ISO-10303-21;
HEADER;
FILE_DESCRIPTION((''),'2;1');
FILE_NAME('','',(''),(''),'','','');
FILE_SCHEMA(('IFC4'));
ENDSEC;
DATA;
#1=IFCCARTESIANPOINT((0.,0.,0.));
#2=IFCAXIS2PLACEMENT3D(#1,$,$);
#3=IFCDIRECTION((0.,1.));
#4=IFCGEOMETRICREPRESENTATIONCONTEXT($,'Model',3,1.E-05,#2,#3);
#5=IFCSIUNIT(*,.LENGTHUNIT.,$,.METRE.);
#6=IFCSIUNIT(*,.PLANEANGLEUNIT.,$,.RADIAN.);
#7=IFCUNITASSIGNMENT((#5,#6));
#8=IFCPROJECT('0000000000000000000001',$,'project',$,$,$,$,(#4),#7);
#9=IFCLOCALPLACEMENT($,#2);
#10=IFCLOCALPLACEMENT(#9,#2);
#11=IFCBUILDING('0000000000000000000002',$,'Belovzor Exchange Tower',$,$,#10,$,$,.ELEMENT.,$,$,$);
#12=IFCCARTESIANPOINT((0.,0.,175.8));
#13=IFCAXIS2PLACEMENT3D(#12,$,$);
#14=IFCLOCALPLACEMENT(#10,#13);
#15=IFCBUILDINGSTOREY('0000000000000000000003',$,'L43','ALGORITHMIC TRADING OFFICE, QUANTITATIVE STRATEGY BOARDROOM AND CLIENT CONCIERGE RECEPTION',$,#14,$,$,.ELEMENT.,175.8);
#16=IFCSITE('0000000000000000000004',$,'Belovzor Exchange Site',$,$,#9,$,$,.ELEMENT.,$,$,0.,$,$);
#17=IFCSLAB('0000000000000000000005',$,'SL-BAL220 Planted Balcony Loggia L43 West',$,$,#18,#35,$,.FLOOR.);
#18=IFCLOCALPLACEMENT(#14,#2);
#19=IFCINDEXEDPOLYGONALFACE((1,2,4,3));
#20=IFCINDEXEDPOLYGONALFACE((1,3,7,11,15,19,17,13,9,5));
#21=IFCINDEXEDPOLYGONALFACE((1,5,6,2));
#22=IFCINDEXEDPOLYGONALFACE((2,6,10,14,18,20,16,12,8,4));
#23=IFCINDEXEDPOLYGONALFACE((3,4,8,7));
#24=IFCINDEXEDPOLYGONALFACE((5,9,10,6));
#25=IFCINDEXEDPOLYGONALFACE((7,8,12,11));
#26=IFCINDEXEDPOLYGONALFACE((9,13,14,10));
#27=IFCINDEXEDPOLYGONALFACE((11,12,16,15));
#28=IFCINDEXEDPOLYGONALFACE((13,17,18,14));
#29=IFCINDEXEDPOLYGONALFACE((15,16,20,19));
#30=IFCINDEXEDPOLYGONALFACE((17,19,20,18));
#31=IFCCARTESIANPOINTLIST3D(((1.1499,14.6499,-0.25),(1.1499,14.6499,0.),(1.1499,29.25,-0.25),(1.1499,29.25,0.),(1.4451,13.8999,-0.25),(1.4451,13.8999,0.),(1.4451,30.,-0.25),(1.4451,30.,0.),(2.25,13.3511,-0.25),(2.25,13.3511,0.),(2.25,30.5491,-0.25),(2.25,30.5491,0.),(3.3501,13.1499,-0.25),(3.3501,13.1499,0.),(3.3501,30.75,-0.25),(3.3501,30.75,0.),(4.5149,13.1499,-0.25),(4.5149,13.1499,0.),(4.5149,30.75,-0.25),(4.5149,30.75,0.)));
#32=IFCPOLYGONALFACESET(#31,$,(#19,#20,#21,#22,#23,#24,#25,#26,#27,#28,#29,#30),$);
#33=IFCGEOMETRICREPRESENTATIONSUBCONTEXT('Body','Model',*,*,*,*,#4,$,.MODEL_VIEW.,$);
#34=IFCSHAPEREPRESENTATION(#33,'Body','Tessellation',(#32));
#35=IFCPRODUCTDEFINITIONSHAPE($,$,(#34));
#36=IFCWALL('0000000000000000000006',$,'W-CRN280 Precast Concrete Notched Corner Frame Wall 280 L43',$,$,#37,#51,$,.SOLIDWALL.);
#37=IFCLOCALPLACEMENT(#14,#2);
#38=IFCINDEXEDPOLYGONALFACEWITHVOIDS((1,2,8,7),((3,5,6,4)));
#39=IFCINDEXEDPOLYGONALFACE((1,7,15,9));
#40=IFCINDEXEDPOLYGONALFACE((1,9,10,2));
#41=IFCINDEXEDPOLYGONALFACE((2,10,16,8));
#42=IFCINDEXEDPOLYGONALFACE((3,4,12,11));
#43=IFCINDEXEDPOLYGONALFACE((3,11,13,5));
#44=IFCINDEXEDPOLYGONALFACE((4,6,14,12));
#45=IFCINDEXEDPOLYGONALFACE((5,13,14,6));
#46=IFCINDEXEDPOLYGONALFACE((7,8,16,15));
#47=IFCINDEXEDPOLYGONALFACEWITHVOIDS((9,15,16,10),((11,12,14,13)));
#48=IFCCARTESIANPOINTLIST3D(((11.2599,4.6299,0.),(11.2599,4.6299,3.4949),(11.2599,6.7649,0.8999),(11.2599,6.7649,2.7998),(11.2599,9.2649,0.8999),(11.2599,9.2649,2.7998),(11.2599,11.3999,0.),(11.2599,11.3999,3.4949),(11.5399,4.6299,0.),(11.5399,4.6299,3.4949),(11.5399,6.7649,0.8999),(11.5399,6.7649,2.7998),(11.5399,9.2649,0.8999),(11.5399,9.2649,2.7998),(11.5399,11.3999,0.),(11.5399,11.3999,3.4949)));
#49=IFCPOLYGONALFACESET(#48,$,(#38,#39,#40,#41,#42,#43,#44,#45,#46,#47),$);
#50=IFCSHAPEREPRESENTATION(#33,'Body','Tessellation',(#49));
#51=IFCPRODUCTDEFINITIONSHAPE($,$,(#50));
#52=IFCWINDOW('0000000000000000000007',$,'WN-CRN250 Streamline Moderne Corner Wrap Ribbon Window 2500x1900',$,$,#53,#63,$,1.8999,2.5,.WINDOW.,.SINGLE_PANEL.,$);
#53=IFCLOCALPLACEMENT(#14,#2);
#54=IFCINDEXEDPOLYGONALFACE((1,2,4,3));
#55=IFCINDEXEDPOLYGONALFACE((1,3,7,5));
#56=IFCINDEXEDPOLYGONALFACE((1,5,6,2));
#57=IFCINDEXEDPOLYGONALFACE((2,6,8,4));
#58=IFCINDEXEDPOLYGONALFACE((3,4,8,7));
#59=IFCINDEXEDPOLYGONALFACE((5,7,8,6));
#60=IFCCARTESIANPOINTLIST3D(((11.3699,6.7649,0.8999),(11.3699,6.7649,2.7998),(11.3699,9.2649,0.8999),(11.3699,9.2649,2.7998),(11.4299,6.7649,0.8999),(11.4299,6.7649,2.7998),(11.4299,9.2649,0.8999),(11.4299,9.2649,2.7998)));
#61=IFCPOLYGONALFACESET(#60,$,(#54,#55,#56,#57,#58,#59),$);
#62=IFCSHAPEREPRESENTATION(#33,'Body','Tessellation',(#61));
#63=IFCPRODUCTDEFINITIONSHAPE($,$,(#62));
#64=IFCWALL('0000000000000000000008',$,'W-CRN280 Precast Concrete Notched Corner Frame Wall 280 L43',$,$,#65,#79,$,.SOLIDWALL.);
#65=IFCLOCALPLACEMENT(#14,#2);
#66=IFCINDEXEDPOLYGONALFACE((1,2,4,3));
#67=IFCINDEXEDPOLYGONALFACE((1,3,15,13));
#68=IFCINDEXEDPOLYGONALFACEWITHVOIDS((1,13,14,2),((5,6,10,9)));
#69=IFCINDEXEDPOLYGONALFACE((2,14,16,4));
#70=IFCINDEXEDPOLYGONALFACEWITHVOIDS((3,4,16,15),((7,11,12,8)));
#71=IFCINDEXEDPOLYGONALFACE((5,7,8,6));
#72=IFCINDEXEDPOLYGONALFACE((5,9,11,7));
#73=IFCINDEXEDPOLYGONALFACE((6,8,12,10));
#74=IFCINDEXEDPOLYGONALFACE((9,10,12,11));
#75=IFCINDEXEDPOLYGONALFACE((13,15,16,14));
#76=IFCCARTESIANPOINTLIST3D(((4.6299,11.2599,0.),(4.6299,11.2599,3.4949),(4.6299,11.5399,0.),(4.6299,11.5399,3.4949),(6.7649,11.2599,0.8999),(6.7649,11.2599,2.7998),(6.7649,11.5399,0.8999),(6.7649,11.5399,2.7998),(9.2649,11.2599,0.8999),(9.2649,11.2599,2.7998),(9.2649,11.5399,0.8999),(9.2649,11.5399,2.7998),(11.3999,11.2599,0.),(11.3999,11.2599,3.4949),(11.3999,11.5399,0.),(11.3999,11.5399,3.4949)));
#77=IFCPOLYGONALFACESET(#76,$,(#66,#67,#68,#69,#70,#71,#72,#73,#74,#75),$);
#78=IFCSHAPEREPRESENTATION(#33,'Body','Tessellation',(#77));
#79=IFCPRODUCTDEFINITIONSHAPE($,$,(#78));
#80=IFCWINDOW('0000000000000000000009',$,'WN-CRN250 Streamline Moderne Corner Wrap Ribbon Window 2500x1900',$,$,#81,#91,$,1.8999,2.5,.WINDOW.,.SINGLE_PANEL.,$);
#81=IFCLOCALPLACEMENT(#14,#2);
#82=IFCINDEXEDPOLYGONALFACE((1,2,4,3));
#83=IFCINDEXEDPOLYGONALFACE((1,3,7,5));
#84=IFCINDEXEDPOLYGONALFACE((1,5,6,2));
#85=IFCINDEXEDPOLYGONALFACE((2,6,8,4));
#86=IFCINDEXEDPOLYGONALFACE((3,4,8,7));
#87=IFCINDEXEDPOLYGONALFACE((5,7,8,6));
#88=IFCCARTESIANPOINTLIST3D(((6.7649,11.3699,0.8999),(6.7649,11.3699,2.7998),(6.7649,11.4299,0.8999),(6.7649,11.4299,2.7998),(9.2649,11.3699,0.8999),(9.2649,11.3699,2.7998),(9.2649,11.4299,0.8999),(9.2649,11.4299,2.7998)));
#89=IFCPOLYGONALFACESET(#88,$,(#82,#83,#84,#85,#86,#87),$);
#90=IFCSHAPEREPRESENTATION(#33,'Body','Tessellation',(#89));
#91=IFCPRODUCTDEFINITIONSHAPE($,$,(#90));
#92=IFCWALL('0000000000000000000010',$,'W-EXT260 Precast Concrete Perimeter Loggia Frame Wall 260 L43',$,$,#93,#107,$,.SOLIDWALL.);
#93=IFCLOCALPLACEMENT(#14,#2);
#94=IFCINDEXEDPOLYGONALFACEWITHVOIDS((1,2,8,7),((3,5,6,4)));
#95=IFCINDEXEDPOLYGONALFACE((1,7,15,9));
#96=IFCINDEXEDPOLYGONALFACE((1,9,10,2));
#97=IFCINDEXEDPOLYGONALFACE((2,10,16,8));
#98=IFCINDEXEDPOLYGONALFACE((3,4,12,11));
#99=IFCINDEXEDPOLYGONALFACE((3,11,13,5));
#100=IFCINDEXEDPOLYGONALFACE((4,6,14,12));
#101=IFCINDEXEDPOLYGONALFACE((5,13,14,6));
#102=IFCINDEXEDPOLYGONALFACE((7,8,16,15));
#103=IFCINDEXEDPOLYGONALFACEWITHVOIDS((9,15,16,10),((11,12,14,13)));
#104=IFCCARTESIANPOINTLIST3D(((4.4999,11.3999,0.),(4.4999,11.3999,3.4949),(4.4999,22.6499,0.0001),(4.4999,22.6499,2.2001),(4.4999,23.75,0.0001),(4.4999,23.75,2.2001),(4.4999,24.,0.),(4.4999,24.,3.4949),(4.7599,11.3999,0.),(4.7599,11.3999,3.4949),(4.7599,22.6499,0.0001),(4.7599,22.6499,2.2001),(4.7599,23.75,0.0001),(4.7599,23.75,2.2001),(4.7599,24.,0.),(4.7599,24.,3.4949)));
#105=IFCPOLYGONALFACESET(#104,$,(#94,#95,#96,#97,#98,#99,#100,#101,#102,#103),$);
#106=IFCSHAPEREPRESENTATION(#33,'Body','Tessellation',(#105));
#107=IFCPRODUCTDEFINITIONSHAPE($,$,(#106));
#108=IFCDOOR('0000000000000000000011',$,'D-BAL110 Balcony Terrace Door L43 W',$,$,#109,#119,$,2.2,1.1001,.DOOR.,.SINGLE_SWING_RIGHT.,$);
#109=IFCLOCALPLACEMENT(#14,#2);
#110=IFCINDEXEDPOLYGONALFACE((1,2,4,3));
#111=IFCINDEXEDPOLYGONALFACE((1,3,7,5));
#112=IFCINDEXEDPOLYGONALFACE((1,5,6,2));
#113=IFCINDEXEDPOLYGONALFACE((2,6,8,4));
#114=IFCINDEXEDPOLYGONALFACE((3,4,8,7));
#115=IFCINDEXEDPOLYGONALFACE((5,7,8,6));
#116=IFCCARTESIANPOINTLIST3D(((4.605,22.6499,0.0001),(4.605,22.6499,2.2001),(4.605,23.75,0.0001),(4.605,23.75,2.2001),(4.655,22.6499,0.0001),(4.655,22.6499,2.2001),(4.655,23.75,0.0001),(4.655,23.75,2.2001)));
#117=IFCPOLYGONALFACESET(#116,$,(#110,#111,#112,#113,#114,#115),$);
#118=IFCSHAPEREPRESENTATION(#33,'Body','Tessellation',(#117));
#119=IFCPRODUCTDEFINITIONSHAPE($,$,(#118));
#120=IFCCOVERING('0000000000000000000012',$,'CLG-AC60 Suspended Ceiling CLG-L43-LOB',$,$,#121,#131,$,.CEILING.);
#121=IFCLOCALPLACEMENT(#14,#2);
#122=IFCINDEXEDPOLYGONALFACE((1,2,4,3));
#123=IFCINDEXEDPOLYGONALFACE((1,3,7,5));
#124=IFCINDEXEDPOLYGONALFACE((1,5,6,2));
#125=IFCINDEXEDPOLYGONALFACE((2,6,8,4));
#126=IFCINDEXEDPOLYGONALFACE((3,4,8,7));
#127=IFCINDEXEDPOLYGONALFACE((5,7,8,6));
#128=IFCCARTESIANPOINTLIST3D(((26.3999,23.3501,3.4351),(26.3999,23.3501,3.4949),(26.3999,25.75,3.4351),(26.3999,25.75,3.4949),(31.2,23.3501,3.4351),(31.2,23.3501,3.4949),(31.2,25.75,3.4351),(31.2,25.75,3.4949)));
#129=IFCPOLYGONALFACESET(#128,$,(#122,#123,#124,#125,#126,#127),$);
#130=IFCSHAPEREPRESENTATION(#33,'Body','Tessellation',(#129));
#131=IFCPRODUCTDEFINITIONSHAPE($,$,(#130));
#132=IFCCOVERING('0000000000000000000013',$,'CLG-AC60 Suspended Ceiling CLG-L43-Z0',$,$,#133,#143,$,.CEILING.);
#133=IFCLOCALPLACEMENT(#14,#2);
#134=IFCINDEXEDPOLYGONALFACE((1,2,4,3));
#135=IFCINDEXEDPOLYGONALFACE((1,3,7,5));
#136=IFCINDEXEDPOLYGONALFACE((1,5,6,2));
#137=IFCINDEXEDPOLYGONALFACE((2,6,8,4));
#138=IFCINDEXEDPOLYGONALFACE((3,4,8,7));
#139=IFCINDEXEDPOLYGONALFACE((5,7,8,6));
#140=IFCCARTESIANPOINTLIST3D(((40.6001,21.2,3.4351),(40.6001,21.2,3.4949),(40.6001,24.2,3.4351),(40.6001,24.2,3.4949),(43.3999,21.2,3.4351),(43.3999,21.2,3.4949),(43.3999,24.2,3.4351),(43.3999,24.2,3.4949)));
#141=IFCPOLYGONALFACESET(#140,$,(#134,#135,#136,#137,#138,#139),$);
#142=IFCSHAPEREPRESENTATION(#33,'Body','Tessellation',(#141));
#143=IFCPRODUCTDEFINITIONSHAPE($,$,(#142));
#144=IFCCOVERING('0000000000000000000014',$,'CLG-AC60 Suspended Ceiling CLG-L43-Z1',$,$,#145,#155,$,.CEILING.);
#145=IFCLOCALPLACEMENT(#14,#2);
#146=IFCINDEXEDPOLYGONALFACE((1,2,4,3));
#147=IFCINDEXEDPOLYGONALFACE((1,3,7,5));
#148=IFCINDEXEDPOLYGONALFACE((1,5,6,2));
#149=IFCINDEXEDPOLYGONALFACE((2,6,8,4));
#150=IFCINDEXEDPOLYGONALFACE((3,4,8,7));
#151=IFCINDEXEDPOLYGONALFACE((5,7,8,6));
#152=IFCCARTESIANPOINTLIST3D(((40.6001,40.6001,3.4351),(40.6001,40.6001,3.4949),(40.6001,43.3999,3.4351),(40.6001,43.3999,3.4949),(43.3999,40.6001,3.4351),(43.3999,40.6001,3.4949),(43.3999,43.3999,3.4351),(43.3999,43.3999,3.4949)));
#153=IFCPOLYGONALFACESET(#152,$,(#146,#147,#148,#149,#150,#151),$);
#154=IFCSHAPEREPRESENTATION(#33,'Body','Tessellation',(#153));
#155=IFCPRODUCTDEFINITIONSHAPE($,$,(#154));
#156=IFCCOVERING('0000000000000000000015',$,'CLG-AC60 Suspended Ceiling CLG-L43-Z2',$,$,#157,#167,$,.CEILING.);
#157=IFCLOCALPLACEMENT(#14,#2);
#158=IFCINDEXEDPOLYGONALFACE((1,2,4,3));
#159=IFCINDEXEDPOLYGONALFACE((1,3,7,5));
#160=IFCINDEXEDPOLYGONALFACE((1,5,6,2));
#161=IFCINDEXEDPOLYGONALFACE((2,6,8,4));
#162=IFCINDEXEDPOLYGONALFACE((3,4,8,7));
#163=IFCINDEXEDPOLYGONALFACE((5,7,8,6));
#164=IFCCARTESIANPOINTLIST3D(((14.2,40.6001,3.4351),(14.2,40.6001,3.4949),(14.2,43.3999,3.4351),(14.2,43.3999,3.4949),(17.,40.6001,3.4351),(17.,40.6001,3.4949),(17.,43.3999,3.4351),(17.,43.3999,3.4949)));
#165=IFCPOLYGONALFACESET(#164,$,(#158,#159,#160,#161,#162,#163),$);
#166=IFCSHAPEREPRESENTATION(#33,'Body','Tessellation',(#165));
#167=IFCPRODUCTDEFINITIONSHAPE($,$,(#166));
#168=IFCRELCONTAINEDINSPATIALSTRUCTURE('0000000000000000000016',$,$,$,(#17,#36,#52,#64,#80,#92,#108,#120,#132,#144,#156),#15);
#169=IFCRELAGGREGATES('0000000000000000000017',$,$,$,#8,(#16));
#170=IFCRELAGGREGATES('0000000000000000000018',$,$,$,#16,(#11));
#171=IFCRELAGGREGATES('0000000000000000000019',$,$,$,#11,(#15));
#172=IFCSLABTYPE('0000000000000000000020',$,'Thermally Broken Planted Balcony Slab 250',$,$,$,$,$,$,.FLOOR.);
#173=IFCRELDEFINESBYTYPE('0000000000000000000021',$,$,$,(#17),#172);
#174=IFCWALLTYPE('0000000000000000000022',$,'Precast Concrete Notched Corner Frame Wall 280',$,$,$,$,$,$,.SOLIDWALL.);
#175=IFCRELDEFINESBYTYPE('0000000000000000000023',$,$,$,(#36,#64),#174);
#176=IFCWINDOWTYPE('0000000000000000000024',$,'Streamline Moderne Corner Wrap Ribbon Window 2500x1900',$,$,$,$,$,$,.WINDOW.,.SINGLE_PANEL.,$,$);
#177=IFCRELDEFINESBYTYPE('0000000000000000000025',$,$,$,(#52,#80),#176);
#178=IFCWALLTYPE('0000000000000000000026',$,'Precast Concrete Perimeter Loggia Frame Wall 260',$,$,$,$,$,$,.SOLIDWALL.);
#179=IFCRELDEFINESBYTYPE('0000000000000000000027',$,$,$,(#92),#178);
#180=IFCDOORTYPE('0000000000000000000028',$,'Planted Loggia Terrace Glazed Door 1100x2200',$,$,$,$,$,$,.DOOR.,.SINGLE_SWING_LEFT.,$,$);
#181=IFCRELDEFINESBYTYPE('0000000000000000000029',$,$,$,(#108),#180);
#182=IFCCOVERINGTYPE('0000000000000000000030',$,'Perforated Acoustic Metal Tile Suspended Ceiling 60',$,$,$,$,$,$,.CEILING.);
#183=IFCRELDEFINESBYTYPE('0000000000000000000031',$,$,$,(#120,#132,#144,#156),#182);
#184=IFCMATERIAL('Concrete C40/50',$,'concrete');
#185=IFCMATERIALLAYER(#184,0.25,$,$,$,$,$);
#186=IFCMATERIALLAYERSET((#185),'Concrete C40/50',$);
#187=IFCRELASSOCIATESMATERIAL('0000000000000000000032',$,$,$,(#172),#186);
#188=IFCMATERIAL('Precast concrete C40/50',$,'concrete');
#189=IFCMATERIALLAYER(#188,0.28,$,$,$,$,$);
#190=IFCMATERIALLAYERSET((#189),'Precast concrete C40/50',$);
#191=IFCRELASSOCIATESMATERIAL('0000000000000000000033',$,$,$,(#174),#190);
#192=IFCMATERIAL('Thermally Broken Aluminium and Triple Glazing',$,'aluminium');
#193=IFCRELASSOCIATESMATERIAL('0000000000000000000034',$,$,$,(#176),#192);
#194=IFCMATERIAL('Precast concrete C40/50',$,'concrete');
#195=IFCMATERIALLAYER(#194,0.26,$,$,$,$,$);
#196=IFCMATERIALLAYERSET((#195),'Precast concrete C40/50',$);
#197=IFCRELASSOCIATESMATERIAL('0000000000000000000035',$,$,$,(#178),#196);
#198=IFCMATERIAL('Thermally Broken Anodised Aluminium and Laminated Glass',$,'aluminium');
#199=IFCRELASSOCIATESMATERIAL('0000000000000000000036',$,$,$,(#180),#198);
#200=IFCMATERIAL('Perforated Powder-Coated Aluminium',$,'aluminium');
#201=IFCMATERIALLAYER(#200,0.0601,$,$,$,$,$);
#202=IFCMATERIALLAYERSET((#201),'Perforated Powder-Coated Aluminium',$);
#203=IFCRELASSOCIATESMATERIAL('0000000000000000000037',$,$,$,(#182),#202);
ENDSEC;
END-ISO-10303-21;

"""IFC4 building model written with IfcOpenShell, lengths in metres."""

from ifc_helpers import new_model, si_unit, direction, frame, frame_2d, origin, place, context, subcontext, project, spatial, polyline, rectangle, outline, extrude, material, layer, layer_set, type_object, element, fill, save


model = new_model("IFC4")

# Units and contexts
model_context = context("Model", 3, precision=1e-05, world=origin(), true_north=direction((0.0, 1.0)))
body_context = subcontext(model_context, "Body", "Model", "MODEL_VIEW")
ifc_project = project(units=[si_unit("LENGTHUNIT", "METRE"), si_unit("PLANEANGLEUNIT", "RADIAN")], contexts=[model_context])

# Site, building, storey
site_placement = place(None, origin())
site = spatial("IfcSite", under=ifc_project, at=site_placement, Name="Belovzor Exchange Site", CompositionType="ELEMENT", RefElevation=0.0)
building_placement = place(site_placement, origin())
building = spatial("IfcBuilding", under=site, at=building_placement, Name="Belovzor Exchange Tower", CompositionType="ELEMENT")
storey_placement = place(building_placement, frame((0.0, 0.0, 175.8)))
storey = spatial("IfcBuildingStorey", under=building, at=storey_placement, Name="L43", Description="ALGORITHMIC TRADING OFFICE, QUANTITATIVE STRATEGY BOARDROOM AND CLIENT CONCIERGE RECEPTION", CompositionType="ELEMENT", Elevation=175.8)

# Slab
ifc_material_1 = material(Name="Concrete C40/50", Category="concrete")
ifc_layer_1 = layer(ifc_material_1, 0.25)
ifc_layer_set_1 = layer_set([ifc_layer_1], Name="Concrete C40/50")
slab_type_1 = type_object("IfcSlabType", Name="Thermally Broken Planted Balcony Slab 250", PredefinedType="FLOOR", material=ifc_layer_set_1)
slab_1_placement = place(storey_placement, frame((0.0, 0.0, -0.25)))
element("IfcSlab", 1, at=slab_1_placement, inside=storey, type_object=slab_type_1, Name="SL-BAL220 Planted Balcony Loggia L43 West", PredefinedType="FLOOR", context=body_context, shape_type="SweptSolid", body=[
    extrude(outline(polyline([(4.5149, 30.75), (3.3501, 30.75), (2.25, 30.5491), (1.4451, 30.0), (1.1499, 29.25), (1.1499, 14.6499), (1.4451, 13.8999), (2.25, 13.3511), (3.3501, 13.1499), (4.5149, 13.1499), (4.5149, 30.75)])), origin(), (0.0, 0.0, 1.0), 0.25),
])

# Walls, openings, windows
ifc_material_2 = material(Name="Precast concrete C40/50", Category="concrete")
ifc_layer_2 = layer(ifc_material_2, 0.28)
ifc_layer_set_2 = layer_set([ifc_layer_2], Name="Precast concrete C40/50")
wall_type_1 = type_object("IfcWallType", Name="Precast Concrete Notched Corner Frame Wall 280", PredefinedType="SOLIDWALL", material=ifc_layer_set_2)
wall_1_placement = place(storey_placement, frame((11.3999, 4.6299, 0.0), z_axis=(0.0, 0.0, 1.0), x_axis=(0.0, 1.0, 0.0)))
wall_1 = element("IfcWall", 2, at=wall_1_placement, inside=storey, type_object=wall_type_1, Name="W-CRN280 Precast Concrete Notched Corner Frame Wall 280 L43", PredefinedType="SOLIDWALL", context=body_context, shape_type="SweptSolid", body=[
    extrude(rectangle(XDim=6.77, YDim=0.28, at=frame_2d((3.385, 0.0))), origin(), (0.0, 0.0, 1.0), 3.4949),
])
opening_1_placement = place(wall_1_placement, frame((2.135, 0.0, 0.8999)))
opening_1 = element("IfcOpeningElement", 3, at=opening_1_placement, cuts=wall_1, PredefinedType="OPENING", context=body_context, shape_type="SweptSolid", body=[
    extrude(rectangle(XDim=2.5, YDim=1.8999, at=frame_2d((1.25, 0.95))), frame((0.0, 0.1499, 0.0), z_axis=(0.0, -1.0, 0.0), x_axis=(1.0, 0.0, 0.0)), (0.0, 0.0, 1.0), 0.3),
])
ifc_material_3 = material(Name="Thermally Broken Aluminium and Triple Glazing", Category="aluminium")
window_type = type_object("IfcWindowType", Name="Streamline Moderne Corner Wrap Ribbon Window 2500x1900", PartitioningType="SINGLE_PANEL", PredefinedType="WINDOW", material=ifc_material_3)
window_1_placement = place(opening_1_placement, origin())
window_1 = element("IfcWindow", 4, at=window_1_placement, inside=storey, type_object=window_type, Name="WN-CRN250 Streamline Moderne Corner Wrap Ribbon Window 2500x1900", OverallHeight=1.8999, OverallWidth=2.5, PartitioningType="SINGLE_PANEL", PredefinedType="WINDOW", context=body_context, shape_type="SweptSolid", body=[
    extrude(rectangle(XDim=2.5, YDim=1.8999, at=frame_2d((1.25, 0.95))), frame((0.0, 0.03, 0.0), z_axis=(0.0, -1.0, 0.0), x_axis=(1.0, 0.0, 0.0)), (0.0, 0.0, 1.0), 0.0601),
])
fill(opening_1, window_1)
wall_2_placement = place(storey_placement, frame((11.3999, 11.3999, 0.0), z_axis=(0.0, 0.0, 1.0), x_axis=(-1.0, 0.0, 0.0)))
wall_2 = element("IfcWall", 5, at=wall_2_placement, inside=storey, type_object=wall_type_1, Name="W-CRN280 Precast Concrete Notched Corner Frame Wall 280 L43", PredefinedType="SOLIDWALL", context=body_context, shape_type="SweptSolid", body=[
    extrude(rectangle(XDim=6.77, YDim=0.28, at=frame_2d((3.385, 0.0))), origin(), (0.0, 0.0, 1.0), 3.4949),
])
opening_2_placement = place(wall_2_placement, frame((2.135, 0.0, 0.8999)))
opening_2 = element("IfcOpeningElement", 6, at=opening_2_placement, cuts=wall_2, PredefinedType="OPENING", context=body_context, shape_type="SweptSolid", body=[
    extrude(rectangle(XDim=2.5, YDim=1.8999, at=frame_2d((1.25, 0.95))), frame((0.0, 0.1499, 0.0), z_axis=(0.0, -1.0, 0.0), x_axis=(1.0, 0.0, 0.0)), (0.0, 0.0, 1.0), 0.3),
])
window_2_placement = place(opening_2_placement, origin())
window_2 = element("IfcWindow", 7, at=window_2_placement, inside=storey, type_object=window_type, Name="WN-CRN250 Streamline Moderne Corner Wrap Ribbon Window 2500x1900", OverallHeight=1.8999, OverallWidth=2.5, PartitioningType="SINGLE_PANEL", PredefinedType="WINDOW", context=body_context, shape_type="SweptSolid", body=[
    extrude(rectangle(XDim=2.5, YDim=1.8999, at=frame_2d((1.25, 0.95))), frame((0.0, 0.03, 0.0), z_axis=(0.0, -1.0, 0.0), x_axis=(1.0, 0.0, 0.0)), (0.0, 0.0, 1.0), 0.0601),
])
fill(opening_2, window_2)

# Wall, opening, door
ifc_material_4 = material(Name="Precast concrete C40/50", Category="concrete")
ifc_layer_3 = layer(ifc_material_4, 0.26)
ifc_layer_set_3 = layer_set([ifc_layer_3], Name="Precast concrete C40/50")
wall_type_2 = type_object("IfcWallType", Name="Precast Concrete Perimeter Loggia Frame Wall 260", PredefinedType="SOLIDWALL", material=ifc_layer_set_3)
wall_3_placement = place(storey_placement, frame((4.6299, 11.3999, 0.0), z_axis=(0.0, 0.0, 1.0), x_axis=(0.0, 1.0, 0.0)))
wall_3 = element("IfcWall", 8, at=wall_3_placement, inside=storey, type_object=wall_type_2, Name="W-EXT260 Precast Concrete Perimeter Loggia Frame Wall 260 L43", PredefinedType="SOLIDWALL", context=body_context, shape_type="SweptSolid", body=[
    extrude(rectangle(XDim=12.6001, YDim=0.26, at=frame_2d((6.3, 0.0))), origin(), (0.0, 0.0, 1.0), 3.4949),
])
opening_3_placement = place(wall_3_placement, frame((11.25, 0.0, 0.0)))
opening_3 = element("IfcOpeningElement", 9, at=opening_3_placement, cuts=wall_3, PredefinedType="OPENING", context=body_context, shape_type="SweptSolid", body=[
    extrude(rectangle(XDim=1.1001, YDim=2.2, at=frame_2d((0.55, 1.1001))), frame((0.0, 0.1399, 0.0), z_axis=(0.0, -1.0, 0.0), x_axis=(1.0, 0.0, 0.0)), (0.0, 0.0, 1.0), 0.28),
])
ifc_material_5 = material(Name="Thermally Broken Anodised Aluminium and Laminated Glass", Category="aluminium")
door_type = type_object("IfcDoorType", Name="Planted Loggia Terrace Glazed Door 1100x2200", OperationType="SINGLE_SWING_LEFT", PredefinedType="DOOR", material=ifc_material_5)
door_placement = place(opening_3_placement, origin())
door = element("IfcDoor", 10, at=door_placement, inside=storey, type_object=door_type, Name="D-BAL110 Balcony Terrace Door L43 W", OperationType="SINGLE_SWING_RIGHT", OverallHeight=2.2, OverallWidth=1.1001, PredefinedType="DOOR", context=body_context, shape_type="SweptSolid", body=[
    extrude(rectangle(XDim=1.1001, YDim=2.2, at=frame_2d((0.55, 1.1001))), frame((0.0, 0.0249, 0.0), z_axis=(0.0, -1.0, 0.0), x_axis=(1.0, 0.0, 0.0)), (0.0, 0.0, 1.0), 0.05),
])
fill(opening_3, door)

# Coverings
ifc_material_6 = material(Name="Perforated Powder-Coated Aluminium", Category="aluminium")
ifc_layer_4 = layer(ifc_material_6, 0.0601)
ifc_layer_set_4 = layer_set([ifc_layer_4], Name="Perforated Powder-Coated Aluminium")
covering_type_1 = type_object("IfcCoveringType", Name="Perforated Acoustic Metal Tile Suspended Ceiling 60", PredefinedType="CEILING", material=ifc_layer_set_4)
covering_1_placement = place(storey_placement, frame((0.0, 0.0, 3.4351)))
element("IfcCovering", 11, at=covering_1_placement, inside=storey, type_object=covering_type_1, Name="CLG-AC60 Suspended Ceiling CLG-L43-LOB", PredefinedType="CEILING", context=body_context, shape_type="SweptSolid", body=[
    extrude(outline(polyline([(26.3999, 23.3501), (31.2, 23.3501), (31.2, 25.75), (26.3999, 25.75), (26.3999, 23.3501)])), origin(), (0.0, 0.0, 1.0), 0.0598),
])
covering_2_placement = place(storey_placement, frame((0.0, 0.0, 3.4351)))
element("IfcCovering", 12, at=covering_2_placement, inside=storey, type_object=covering_type_1, Name="CLG-AC60 Suspended Ceiling CLG-L43-Z0", PredefinedType="CEILING", context=body_context, shape_type="SweptSolid", body=[
    extrude(outline(polyline([(40.6001, 21.2), (43.3999, 21.2), (43.3999, 24.2), (40.6001, 24.2), (40.6001, 21.2)])), origin(), (0.0, 0.0, 1.0), 0.0598),
])
covering_3_placement = place(storey_placement, frame((0.0, 0.0, 3.4351)))
element("IfcCovering", 13, at=covering_3_placement, inside=storey, type_object=covering_type_1, Name="CLG-AC60 Suspended Ceiling CLG-L43-Z1", PredefinedType="CEILING", context=body_context, shape_type="SweptSolid", body=[
    extrude(outline(polyline([(40.6001, 40.6001), (43.3999, 40.6001), (43.3999, 43.3999), (40.6001, 43.3999), (40.6001, 40.6001)])), origin(), (0.0, 0.0, 1.0), 0.0598),
])
covering_4_placement = place(storey_placement, frame((0.0, 0.0, 3.4351)))
element("IfcCovering", 14, at=covering_4_placement, inside=storey, type_object=covering_type_1, Name="CLG-AC60 Suspended Ceiling CLG-L43-Z2", PredefinedType="CEILING", context=body_context, shape_type="SweptSolid", body=[
    extrude(outline(polyline([(14.2, 40.6001), (17.0, 40.6001), (17.0, 43.3999), (14.2, 43.3999), (14.2, 40.6001)])), origin(), (0.0, 0.0, 1.0), 0.0598),
])

save(model, "model.ifc")
